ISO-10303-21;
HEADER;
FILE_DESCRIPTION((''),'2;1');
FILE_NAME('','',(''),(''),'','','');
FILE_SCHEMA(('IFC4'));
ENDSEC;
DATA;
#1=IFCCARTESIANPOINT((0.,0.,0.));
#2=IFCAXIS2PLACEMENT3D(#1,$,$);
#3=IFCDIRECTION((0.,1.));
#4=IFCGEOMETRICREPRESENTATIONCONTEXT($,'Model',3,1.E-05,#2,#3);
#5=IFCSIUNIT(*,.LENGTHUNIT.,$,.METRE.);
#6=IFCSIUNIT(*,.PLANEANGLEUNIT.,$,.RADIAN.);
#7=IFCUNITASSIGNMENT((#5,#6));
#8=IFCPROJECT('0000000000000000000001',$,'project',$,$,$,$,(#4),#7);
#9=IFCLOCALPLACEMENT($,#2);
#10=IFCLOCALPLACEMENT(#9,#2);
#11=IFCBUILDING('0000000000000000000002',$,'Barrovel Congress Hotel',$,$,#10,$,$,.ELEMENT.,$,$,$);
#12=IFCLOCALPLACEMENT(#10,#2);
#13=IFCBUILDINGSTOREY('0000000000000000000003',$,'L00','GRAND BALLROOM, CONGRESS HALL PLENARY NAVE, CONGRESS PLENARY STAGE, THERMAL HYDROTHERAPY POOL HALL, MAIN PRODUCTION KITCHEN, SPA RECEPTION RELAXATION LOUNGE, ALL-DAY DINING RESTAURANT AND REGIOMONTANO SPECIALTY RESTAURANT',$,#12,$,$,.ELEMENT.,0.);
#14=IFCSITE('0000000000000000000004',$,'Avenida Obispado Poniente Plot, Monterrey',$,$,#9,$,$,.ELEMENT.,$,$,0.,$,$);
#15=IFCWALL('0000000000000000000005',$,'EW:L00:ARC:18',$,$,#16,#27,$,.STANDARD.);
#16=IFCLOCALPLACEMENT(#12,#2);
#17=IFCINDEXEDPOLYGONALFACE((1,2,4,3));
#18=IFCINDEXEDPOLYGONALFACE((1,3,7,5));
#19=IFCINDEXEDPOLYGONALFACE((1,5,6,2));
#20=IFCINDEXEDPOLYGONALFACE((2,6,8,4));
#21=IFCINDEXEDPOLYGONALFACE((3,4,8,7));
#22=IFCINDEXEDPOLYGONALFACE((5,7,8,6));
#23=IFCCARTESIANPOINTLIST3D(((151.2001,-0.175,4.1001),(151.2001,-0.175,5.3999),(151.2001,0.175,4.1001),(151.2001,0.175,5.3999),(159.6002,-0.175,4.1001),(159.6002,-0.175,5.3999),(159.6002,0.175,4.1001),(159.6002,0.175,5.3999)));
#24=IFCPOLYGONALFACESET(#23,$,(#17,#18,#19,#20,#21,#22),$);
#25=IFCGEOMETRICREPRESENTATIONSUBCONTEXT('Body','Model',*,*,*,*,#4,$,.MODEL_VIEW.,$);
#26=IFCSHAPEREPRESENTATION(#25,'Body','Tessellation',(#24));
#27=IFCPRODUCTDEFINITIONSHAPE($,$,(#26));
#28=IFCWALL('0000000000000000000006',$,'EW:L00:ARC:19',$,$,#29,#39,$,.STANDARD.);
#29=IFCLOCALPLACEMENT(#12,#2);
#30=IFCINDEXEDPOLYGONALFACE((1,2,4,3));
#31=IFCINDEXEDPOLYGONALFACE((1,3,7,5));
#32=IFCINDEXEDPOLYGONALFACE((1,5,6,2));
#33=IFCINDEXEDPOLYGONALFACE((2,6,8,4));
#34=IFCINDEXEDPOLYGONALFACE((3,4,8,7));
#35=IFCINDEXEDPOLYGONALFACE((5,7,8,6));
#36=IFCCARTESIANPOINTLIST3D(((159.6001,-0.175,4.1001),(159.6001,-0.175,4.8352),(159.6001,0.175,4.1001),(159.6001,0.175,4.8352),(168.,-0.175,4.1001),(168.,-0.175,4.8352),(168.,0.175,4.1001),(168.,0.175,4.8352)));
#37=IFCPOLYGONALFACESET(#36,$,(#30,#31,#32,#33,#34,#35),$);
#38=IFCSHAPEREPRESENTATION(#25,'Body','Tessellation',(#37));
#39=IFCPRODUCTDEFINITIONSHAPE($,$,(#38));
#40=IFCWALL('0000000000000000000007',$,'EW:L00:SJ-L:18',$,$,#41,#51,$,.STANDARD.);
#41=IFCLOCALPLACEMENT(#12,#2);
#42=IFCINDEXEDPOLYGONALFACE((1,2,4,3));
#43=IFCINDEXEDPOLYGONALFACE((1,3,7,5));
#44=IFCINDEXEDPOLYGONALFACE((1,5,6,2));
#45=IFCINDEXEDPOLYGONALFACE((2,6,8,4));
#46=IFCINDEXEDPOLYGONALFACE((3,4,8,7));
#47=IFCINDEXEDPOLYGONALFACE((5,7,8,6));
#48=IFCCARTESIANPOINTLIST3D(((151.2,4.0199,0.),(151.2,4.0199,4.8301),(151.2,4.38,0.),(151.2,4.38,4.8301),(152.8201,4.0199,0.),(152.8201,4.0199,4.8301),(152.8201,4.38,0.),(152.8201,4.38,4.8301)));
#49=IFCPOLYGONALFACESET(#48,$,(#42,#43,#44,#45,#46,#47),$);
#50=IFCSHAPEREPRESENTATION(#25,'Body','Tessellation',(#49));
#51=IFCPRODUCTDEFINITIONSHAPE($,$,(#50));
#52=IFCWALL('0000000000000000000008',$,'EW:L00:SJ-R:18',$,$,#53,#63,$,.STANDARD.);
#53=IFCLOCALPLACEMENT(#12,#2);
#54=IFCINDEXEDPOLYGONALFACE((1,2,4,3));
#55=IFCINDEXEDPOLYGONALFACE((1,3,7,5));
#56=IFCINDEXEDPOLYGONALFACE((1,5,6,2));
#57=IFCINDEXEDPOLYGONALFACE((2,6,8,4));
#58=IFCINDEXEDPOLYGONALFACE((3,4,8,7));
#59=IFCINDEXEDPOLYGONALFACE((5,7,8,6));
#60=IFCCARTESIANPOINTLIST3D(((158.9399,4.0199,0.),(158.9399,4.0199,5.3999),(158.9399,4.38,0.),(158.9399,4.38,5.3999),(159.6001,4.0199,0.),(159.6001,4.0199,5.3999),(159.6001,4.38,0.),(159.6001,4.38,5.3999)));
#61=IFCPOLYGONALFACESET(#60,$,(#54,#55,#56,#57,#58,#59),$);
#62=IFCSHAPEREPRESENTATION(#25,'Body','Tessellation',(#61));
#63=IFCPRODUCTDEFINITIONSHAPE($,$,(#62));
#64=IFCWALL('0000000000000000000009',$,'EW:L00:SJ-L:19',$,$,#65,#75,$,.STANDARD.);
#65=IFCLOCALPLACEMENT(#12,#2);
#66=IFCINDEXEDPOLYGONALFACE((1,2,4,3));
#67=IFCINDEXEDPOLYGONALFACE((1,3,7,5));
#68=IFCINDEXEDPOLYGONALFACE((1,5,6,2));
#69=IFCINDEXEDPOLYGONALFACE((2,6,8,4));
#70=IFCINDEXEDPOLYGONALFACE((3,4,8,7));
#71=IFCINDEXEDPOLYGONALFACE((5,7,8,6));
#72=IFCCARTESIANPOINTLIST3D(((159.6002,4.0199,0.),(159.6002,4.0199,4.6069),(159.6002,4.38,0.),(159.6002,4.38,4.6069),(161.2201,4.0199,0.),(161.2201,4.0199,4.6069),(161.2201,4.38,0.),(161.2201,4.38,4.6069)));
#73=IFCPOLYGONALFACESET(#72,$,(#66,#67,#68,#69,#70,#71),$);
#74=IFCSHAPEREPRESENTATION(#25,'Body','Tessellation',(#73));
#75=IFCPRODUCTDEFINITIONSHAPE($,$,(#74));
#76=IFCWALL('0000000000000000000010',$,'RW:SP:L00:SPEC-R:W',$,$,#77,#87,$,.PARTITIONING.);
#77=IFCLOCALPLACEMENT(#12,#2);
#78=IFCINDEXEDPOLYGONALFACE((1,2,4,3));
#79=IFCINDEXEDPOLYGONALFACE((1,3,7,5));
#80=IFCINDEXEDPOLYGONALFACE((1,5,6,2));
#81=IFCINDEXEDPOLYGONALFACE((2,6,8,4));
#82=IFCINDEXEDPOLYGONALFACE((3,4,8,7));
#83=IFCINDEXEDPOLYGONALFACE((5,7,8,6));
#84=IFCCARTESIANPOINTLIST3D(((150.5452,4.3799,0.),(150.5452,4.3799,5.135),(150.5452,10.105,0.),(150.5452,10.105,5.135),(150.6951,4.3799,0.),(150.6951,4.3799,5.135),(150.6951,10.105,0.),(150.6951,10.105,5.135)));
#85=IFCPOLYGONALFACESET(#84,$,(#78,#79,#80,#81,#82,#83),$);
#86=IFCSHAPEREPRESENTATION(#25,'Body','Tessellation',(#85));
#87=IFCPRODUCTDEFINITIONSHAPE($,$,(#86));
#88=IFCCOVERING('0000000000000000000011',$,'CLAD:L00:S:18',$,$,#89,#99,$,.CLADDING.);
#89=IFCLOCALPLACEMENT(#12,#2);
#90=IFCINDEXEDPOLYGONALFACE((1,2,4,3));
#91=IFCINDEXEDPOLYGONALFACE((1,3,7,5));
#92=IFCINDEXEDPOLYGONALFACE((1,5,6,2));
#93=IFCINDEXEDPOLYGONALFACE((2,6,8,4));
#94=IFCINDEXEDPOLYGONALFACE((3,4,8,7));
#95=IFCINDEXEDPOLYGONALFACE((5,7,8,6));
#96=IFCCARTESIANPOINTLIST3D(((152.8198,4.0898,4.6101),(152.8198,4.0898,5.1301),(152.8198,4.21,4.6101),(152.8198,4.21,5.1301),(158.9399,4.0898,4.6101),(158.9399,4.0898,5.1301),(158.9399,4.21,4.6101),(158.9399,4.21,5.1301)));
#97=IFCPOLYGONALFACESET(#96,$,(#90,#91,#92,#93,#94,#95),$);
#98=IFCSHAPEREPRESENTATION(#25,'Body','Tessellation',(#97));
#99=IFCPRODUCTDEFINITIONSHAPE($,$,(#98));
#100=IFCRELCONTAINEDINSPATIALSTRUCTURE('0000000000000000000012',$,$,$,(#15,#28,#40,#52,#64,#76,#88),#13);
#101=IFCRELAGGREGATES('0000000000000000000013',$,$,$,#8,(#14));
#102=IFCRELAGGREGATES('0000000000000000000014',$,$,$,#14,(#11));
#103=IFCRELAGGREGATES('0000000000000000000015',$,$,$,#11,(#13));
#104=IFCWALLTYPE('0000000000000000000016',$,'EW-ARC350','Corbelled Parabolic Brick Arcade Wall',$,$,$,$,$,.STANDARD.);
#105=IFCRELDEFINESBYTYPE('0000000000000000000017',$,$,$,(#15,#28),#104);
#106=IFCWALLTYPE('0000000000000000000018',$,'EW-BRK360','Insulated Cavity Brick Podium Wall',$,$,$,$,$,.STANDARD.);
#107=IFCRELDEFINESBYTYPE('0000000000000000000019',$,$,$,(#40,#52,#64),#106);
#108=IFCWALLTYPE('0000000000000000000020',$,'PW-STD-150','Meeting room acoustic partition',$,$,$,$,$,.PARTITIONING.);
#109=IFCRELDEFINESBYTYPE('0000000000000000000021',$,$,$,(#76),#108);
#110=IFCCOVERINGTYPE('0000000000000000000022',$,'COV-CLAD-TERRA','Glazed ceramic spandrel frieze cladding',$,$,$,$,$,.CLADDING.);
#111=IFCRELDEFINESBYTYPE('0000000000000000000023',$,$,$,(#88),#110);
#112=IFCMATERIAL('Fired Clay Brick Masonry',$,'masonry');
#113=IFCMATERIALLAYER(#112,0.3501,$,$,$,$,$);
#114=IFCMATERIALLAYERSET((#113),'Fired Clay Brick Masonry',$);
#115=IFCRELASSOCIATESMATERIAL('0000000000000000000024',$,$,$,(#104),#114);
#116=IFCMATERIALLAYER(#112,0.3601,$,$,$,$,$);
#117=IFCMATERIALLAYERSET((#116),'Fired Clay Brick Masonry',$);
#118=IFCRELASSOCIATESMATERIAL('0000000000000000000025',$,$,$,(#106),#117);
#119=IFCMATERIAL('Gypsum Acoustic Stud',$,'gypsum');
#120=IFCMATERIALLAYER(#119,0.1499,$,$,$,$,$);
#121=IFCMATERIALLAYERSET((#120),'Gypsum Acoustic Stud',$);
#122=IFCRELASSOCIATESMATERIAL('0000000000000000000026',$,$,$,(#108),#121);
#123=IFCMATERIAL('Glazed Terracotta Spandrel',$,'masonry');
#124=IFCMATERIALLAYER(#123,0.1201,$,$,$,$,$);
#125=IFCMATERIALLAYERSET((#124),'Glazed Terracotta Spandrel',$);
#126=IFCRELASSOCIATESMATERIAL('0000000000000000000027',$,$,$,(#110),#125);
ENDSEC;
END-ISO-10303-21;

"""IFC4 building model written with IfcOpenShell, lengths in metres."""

from ifc_helpers import new_model, si_unit, direction, frame, frame_2d, origin, origin_2d, place, context, subcontext, project, spatial, rectangle, extrude, material, layer, layer_set, type_object, element, save


model = new_model("IFC4")

# Units and contexts
model_context = context("Model", 3, precision=1e-05, world=origin(), true_north=direction((0.0, 1.0)))
body_context = subcontext(model_context, "Body", "Model", "MODEL_VIEW")
ifc_project = project(units=[si_unit("LENGTHUNIT", "METRE"), si_unit("PLANEANGLEUNIT", "RADIAN")], contexts=[model_context])

# Site, building, storey
site_placement = place(None, origin())
site = spatial("IfcSite", under=ifc_project, at=site_placement, Name="Avenida Obispado Poniente Plot, Monterrey", CompositionType="ELEMENT", RefElevation=0.0)
building_placement = place(site_placement, origin())
building = spatial("IfcBuilding", under=site, at=building_placement, Name="Barrovel Congress Hotel", CompositionType="ELEMENT")
storey_placement = place(building_placement, origin())
storey = spatial("IfcBuildingStorey", under=building, at=storey_placement, Name="L00", Description="GRAND BALLROOM, CONGRESS HALL PLENARY NAVE, CONGRESS PLENARY STAGE, THERMAL HYDROTHERAPY POOL HALL, MAIN PRODUCTION KITCHEN, SPA RECEPTION RELAXATION LOUNGE, ALL-DAY DINING RESTAURANT AND REGIOMONTANO SPECIALTY RESTAURANT", CompositionType="ELEMENT", Elevation=0.0)

# Walls
ifc_material_1 = material(Name="Fired Clay Brick Masonry", Category="masonry")
ifc_layer_1 = layer(ifc_material_1, 0.3501)
ifc_layer_set_1 = layer_set([ifc_layer_1], Name="Fired Clay Brick Masonry")
wall_type_1 = type_object("IfcWallType", Name="EW-ARC350", Description="Corbelled Parabolic Brick Arcade Wall", PredefinedType="STANDARD", material=ifc_layer_set_1)
wall_1_placement = place(storey_placement, frame((151.2, 0.0, 4.1001), z_axis=(0.0, 0.0, 1.0), x_axis=(1.0, 0.0, 0.0)))
element("IfcWall", 1, at=wall_1_placement, inside=storey, type_object=wall_type_1, Name="EW:L00:ARC:18", PredefinedType="STANDARD", context=body_context, shape_type="SweptSolid", body=[
    extrude(rectangle(XDim=8.4001, YDim=0.3501, at=frame_2d((4.2002, 0.0))), origin(), (0.0, 0.0, 1.0), 1.2998),
])
wall_2_placement = place(storey_placement, frame((159.6001, 0.0, 4.1001), z_axis=(0.0, 0.0, 1.0), x_axis=(1.0, 0.0, 0.0)))
element("IfcWall", 2, at=wall_2_placement, inside=storey, type_object=wall_type_1, Name="EW:L00:ARC:19", PredefinedType="STANDARD", context=body_context, shape_type="SweptSolid", body=[
    extrude(rectangle(XDim=8.3999, YDim=0.3501, at=frame_2d((4.2, 0.0))), origin(), (0.0, 0.0, 1.0), 0.7351),
])
ifc_layer_2 = layer(ifc_material_1, 0.3601)
ifc_layer_set_2 = layer_set([ifc_layer_2], Name="Fired Clay Brick Masonry")
wall_type_2 = type_object("IfcWallType", Name="EW-BRK360", Description="Insulated Cavity Brick Podium Wall", PredefinedType="STANDARD", material=ifc_layer_set_2)
wall_3_placement = place(storey_placement, frame((151.2, 4.2, 0.0), z_axis=(0.0, 0.0, 1.0), x_axis=(1.0, 0.0, 0.0)))
element("IfcWall", 3, at=wall_3_placement, inside=storey, type_object=wall_type_2, Name="EW:L00:SJ-L:18", PredefinedType="STANDARD", context=body_context, shape_type="SweptSolid", body=[
    extrude(rectangle(XDim=1.6201, YDim=0.3601, at=frame_2d((0.8101, 0.0))), origin(), (0.0, 0.0, 1.0), 4.8301),
])
wall_4_placement = place(storey_placement, frame((158.9399, 4.2, 0.0), z_axis=(0.0, 0.0, 1.0), x_axis=(1.0, 0.0, 0.0)))
element("IfcWall", 4, at=wall_4_placement, inside=storey, type_object=wall_type_2, Name="EW:L00:SJ-R:18", PredefinedType="STANDARD", context=body_context, shape_type="SweptSolid", body=[
    extrude(rectangle(XDim=0.6602, YDim=0.3601, at=frame_2d((0.3301, 0.0))), origin(), (0.0, 0.0, 1.0), 5.3999),
])
wall_5_placement = place(storey_placement, frame((159.6001, 4.2, 0.0), z_axis=(0.0, 0.0, 1.0), x_axis=(1.0, 0.0, 0.0)))
element("IfcWall", 5, at=wall_5_placement, inside=storey, type_object=wall_type_2, Name="EW:L00:SJ-L:19", PredefinedType="STANDARD", context=body_context, shape_type="SweptSolid", body=[
    extrude(rectangle(XDim=1.6199, YDim=0.3601, at=frame_2d((0.8101, 0.0))), origin(), (0.0, 0.0, 1.0), 4.6069),
])
ifc_material_2 = material(Name="Gypsum Acoustic Stud", Category="gypsum")
ifc_layer_3 = layer(ifc_material_2, 0.1499)
ifc_layer_set_3 = layer_set([ifc_layer_3], Name="Gypsum Acoustic Stud")
wall_type_3 = type_object("IfcWallType", Name="PW-STD-150", Description="Meeting room acoustic partition", PredefinedType="PARTITIONING", material=ifc_layer_set_3)
wall_6_placement = place(storey_placement, frame((150.6201, 4.3799, 0.0), z_axis=(0.0, 0.0, 1.0), x_axis=(0.0, 1.0, 0.0)))
element("IfcWall", 6, at=wall_6_placement, inside=storey, type_object=wall_type_3, Name="RW:SP:L00:SPEC-R:W", PredefinedType="PARTITIONING", context=body_context, shape_type="SweptSolid", body=[
    extrude(rectangle(XDim=5.7251, YDim=0.1499, at=frame_2d((2.8625, 0.0))), origin(), (0.0, 0.0, 1.0), 5.135),
])

# Covering
ifc_material_3 = material(Name="Glazed Terracotta Spandrel", Category="masonry")
ifc_layer_4 = layer(ifc_material_3, 0.1201)
ifc_layer_set_4 = layer_set([ifc_layer_4], Name="Glazed Terracotta Spandrel")
covering_type = type_object("IfcCoveringType", Name="COV-CLAD-TERRA", Description="Glazed ceramic spandrel frieze cladding", PredefinedType="CLADDING", material=ifc_layer_set_4)
covering_placement = place(storey_placement, frame((155.8799, 4.1499, 4.6101), z_axis=(0.0, 0.0, 1.0), x_axis=(1.0, 0.0, 0.0)))
element("IfcCovering", 7, at=covering_placement, inside=storey, type_object=covering_type, Name="CLAD:L00:S:18", PredefinedType="CLADDING", context=body_context, shape_type="SweptSolid", body=[
    extrude(rectangle(XDim=6.1201, YDim=0.1201, at=origin_2d()), origin(), (0.0, 0.0, 1.0), 0.52),
])

save(model, "model.ifc")
